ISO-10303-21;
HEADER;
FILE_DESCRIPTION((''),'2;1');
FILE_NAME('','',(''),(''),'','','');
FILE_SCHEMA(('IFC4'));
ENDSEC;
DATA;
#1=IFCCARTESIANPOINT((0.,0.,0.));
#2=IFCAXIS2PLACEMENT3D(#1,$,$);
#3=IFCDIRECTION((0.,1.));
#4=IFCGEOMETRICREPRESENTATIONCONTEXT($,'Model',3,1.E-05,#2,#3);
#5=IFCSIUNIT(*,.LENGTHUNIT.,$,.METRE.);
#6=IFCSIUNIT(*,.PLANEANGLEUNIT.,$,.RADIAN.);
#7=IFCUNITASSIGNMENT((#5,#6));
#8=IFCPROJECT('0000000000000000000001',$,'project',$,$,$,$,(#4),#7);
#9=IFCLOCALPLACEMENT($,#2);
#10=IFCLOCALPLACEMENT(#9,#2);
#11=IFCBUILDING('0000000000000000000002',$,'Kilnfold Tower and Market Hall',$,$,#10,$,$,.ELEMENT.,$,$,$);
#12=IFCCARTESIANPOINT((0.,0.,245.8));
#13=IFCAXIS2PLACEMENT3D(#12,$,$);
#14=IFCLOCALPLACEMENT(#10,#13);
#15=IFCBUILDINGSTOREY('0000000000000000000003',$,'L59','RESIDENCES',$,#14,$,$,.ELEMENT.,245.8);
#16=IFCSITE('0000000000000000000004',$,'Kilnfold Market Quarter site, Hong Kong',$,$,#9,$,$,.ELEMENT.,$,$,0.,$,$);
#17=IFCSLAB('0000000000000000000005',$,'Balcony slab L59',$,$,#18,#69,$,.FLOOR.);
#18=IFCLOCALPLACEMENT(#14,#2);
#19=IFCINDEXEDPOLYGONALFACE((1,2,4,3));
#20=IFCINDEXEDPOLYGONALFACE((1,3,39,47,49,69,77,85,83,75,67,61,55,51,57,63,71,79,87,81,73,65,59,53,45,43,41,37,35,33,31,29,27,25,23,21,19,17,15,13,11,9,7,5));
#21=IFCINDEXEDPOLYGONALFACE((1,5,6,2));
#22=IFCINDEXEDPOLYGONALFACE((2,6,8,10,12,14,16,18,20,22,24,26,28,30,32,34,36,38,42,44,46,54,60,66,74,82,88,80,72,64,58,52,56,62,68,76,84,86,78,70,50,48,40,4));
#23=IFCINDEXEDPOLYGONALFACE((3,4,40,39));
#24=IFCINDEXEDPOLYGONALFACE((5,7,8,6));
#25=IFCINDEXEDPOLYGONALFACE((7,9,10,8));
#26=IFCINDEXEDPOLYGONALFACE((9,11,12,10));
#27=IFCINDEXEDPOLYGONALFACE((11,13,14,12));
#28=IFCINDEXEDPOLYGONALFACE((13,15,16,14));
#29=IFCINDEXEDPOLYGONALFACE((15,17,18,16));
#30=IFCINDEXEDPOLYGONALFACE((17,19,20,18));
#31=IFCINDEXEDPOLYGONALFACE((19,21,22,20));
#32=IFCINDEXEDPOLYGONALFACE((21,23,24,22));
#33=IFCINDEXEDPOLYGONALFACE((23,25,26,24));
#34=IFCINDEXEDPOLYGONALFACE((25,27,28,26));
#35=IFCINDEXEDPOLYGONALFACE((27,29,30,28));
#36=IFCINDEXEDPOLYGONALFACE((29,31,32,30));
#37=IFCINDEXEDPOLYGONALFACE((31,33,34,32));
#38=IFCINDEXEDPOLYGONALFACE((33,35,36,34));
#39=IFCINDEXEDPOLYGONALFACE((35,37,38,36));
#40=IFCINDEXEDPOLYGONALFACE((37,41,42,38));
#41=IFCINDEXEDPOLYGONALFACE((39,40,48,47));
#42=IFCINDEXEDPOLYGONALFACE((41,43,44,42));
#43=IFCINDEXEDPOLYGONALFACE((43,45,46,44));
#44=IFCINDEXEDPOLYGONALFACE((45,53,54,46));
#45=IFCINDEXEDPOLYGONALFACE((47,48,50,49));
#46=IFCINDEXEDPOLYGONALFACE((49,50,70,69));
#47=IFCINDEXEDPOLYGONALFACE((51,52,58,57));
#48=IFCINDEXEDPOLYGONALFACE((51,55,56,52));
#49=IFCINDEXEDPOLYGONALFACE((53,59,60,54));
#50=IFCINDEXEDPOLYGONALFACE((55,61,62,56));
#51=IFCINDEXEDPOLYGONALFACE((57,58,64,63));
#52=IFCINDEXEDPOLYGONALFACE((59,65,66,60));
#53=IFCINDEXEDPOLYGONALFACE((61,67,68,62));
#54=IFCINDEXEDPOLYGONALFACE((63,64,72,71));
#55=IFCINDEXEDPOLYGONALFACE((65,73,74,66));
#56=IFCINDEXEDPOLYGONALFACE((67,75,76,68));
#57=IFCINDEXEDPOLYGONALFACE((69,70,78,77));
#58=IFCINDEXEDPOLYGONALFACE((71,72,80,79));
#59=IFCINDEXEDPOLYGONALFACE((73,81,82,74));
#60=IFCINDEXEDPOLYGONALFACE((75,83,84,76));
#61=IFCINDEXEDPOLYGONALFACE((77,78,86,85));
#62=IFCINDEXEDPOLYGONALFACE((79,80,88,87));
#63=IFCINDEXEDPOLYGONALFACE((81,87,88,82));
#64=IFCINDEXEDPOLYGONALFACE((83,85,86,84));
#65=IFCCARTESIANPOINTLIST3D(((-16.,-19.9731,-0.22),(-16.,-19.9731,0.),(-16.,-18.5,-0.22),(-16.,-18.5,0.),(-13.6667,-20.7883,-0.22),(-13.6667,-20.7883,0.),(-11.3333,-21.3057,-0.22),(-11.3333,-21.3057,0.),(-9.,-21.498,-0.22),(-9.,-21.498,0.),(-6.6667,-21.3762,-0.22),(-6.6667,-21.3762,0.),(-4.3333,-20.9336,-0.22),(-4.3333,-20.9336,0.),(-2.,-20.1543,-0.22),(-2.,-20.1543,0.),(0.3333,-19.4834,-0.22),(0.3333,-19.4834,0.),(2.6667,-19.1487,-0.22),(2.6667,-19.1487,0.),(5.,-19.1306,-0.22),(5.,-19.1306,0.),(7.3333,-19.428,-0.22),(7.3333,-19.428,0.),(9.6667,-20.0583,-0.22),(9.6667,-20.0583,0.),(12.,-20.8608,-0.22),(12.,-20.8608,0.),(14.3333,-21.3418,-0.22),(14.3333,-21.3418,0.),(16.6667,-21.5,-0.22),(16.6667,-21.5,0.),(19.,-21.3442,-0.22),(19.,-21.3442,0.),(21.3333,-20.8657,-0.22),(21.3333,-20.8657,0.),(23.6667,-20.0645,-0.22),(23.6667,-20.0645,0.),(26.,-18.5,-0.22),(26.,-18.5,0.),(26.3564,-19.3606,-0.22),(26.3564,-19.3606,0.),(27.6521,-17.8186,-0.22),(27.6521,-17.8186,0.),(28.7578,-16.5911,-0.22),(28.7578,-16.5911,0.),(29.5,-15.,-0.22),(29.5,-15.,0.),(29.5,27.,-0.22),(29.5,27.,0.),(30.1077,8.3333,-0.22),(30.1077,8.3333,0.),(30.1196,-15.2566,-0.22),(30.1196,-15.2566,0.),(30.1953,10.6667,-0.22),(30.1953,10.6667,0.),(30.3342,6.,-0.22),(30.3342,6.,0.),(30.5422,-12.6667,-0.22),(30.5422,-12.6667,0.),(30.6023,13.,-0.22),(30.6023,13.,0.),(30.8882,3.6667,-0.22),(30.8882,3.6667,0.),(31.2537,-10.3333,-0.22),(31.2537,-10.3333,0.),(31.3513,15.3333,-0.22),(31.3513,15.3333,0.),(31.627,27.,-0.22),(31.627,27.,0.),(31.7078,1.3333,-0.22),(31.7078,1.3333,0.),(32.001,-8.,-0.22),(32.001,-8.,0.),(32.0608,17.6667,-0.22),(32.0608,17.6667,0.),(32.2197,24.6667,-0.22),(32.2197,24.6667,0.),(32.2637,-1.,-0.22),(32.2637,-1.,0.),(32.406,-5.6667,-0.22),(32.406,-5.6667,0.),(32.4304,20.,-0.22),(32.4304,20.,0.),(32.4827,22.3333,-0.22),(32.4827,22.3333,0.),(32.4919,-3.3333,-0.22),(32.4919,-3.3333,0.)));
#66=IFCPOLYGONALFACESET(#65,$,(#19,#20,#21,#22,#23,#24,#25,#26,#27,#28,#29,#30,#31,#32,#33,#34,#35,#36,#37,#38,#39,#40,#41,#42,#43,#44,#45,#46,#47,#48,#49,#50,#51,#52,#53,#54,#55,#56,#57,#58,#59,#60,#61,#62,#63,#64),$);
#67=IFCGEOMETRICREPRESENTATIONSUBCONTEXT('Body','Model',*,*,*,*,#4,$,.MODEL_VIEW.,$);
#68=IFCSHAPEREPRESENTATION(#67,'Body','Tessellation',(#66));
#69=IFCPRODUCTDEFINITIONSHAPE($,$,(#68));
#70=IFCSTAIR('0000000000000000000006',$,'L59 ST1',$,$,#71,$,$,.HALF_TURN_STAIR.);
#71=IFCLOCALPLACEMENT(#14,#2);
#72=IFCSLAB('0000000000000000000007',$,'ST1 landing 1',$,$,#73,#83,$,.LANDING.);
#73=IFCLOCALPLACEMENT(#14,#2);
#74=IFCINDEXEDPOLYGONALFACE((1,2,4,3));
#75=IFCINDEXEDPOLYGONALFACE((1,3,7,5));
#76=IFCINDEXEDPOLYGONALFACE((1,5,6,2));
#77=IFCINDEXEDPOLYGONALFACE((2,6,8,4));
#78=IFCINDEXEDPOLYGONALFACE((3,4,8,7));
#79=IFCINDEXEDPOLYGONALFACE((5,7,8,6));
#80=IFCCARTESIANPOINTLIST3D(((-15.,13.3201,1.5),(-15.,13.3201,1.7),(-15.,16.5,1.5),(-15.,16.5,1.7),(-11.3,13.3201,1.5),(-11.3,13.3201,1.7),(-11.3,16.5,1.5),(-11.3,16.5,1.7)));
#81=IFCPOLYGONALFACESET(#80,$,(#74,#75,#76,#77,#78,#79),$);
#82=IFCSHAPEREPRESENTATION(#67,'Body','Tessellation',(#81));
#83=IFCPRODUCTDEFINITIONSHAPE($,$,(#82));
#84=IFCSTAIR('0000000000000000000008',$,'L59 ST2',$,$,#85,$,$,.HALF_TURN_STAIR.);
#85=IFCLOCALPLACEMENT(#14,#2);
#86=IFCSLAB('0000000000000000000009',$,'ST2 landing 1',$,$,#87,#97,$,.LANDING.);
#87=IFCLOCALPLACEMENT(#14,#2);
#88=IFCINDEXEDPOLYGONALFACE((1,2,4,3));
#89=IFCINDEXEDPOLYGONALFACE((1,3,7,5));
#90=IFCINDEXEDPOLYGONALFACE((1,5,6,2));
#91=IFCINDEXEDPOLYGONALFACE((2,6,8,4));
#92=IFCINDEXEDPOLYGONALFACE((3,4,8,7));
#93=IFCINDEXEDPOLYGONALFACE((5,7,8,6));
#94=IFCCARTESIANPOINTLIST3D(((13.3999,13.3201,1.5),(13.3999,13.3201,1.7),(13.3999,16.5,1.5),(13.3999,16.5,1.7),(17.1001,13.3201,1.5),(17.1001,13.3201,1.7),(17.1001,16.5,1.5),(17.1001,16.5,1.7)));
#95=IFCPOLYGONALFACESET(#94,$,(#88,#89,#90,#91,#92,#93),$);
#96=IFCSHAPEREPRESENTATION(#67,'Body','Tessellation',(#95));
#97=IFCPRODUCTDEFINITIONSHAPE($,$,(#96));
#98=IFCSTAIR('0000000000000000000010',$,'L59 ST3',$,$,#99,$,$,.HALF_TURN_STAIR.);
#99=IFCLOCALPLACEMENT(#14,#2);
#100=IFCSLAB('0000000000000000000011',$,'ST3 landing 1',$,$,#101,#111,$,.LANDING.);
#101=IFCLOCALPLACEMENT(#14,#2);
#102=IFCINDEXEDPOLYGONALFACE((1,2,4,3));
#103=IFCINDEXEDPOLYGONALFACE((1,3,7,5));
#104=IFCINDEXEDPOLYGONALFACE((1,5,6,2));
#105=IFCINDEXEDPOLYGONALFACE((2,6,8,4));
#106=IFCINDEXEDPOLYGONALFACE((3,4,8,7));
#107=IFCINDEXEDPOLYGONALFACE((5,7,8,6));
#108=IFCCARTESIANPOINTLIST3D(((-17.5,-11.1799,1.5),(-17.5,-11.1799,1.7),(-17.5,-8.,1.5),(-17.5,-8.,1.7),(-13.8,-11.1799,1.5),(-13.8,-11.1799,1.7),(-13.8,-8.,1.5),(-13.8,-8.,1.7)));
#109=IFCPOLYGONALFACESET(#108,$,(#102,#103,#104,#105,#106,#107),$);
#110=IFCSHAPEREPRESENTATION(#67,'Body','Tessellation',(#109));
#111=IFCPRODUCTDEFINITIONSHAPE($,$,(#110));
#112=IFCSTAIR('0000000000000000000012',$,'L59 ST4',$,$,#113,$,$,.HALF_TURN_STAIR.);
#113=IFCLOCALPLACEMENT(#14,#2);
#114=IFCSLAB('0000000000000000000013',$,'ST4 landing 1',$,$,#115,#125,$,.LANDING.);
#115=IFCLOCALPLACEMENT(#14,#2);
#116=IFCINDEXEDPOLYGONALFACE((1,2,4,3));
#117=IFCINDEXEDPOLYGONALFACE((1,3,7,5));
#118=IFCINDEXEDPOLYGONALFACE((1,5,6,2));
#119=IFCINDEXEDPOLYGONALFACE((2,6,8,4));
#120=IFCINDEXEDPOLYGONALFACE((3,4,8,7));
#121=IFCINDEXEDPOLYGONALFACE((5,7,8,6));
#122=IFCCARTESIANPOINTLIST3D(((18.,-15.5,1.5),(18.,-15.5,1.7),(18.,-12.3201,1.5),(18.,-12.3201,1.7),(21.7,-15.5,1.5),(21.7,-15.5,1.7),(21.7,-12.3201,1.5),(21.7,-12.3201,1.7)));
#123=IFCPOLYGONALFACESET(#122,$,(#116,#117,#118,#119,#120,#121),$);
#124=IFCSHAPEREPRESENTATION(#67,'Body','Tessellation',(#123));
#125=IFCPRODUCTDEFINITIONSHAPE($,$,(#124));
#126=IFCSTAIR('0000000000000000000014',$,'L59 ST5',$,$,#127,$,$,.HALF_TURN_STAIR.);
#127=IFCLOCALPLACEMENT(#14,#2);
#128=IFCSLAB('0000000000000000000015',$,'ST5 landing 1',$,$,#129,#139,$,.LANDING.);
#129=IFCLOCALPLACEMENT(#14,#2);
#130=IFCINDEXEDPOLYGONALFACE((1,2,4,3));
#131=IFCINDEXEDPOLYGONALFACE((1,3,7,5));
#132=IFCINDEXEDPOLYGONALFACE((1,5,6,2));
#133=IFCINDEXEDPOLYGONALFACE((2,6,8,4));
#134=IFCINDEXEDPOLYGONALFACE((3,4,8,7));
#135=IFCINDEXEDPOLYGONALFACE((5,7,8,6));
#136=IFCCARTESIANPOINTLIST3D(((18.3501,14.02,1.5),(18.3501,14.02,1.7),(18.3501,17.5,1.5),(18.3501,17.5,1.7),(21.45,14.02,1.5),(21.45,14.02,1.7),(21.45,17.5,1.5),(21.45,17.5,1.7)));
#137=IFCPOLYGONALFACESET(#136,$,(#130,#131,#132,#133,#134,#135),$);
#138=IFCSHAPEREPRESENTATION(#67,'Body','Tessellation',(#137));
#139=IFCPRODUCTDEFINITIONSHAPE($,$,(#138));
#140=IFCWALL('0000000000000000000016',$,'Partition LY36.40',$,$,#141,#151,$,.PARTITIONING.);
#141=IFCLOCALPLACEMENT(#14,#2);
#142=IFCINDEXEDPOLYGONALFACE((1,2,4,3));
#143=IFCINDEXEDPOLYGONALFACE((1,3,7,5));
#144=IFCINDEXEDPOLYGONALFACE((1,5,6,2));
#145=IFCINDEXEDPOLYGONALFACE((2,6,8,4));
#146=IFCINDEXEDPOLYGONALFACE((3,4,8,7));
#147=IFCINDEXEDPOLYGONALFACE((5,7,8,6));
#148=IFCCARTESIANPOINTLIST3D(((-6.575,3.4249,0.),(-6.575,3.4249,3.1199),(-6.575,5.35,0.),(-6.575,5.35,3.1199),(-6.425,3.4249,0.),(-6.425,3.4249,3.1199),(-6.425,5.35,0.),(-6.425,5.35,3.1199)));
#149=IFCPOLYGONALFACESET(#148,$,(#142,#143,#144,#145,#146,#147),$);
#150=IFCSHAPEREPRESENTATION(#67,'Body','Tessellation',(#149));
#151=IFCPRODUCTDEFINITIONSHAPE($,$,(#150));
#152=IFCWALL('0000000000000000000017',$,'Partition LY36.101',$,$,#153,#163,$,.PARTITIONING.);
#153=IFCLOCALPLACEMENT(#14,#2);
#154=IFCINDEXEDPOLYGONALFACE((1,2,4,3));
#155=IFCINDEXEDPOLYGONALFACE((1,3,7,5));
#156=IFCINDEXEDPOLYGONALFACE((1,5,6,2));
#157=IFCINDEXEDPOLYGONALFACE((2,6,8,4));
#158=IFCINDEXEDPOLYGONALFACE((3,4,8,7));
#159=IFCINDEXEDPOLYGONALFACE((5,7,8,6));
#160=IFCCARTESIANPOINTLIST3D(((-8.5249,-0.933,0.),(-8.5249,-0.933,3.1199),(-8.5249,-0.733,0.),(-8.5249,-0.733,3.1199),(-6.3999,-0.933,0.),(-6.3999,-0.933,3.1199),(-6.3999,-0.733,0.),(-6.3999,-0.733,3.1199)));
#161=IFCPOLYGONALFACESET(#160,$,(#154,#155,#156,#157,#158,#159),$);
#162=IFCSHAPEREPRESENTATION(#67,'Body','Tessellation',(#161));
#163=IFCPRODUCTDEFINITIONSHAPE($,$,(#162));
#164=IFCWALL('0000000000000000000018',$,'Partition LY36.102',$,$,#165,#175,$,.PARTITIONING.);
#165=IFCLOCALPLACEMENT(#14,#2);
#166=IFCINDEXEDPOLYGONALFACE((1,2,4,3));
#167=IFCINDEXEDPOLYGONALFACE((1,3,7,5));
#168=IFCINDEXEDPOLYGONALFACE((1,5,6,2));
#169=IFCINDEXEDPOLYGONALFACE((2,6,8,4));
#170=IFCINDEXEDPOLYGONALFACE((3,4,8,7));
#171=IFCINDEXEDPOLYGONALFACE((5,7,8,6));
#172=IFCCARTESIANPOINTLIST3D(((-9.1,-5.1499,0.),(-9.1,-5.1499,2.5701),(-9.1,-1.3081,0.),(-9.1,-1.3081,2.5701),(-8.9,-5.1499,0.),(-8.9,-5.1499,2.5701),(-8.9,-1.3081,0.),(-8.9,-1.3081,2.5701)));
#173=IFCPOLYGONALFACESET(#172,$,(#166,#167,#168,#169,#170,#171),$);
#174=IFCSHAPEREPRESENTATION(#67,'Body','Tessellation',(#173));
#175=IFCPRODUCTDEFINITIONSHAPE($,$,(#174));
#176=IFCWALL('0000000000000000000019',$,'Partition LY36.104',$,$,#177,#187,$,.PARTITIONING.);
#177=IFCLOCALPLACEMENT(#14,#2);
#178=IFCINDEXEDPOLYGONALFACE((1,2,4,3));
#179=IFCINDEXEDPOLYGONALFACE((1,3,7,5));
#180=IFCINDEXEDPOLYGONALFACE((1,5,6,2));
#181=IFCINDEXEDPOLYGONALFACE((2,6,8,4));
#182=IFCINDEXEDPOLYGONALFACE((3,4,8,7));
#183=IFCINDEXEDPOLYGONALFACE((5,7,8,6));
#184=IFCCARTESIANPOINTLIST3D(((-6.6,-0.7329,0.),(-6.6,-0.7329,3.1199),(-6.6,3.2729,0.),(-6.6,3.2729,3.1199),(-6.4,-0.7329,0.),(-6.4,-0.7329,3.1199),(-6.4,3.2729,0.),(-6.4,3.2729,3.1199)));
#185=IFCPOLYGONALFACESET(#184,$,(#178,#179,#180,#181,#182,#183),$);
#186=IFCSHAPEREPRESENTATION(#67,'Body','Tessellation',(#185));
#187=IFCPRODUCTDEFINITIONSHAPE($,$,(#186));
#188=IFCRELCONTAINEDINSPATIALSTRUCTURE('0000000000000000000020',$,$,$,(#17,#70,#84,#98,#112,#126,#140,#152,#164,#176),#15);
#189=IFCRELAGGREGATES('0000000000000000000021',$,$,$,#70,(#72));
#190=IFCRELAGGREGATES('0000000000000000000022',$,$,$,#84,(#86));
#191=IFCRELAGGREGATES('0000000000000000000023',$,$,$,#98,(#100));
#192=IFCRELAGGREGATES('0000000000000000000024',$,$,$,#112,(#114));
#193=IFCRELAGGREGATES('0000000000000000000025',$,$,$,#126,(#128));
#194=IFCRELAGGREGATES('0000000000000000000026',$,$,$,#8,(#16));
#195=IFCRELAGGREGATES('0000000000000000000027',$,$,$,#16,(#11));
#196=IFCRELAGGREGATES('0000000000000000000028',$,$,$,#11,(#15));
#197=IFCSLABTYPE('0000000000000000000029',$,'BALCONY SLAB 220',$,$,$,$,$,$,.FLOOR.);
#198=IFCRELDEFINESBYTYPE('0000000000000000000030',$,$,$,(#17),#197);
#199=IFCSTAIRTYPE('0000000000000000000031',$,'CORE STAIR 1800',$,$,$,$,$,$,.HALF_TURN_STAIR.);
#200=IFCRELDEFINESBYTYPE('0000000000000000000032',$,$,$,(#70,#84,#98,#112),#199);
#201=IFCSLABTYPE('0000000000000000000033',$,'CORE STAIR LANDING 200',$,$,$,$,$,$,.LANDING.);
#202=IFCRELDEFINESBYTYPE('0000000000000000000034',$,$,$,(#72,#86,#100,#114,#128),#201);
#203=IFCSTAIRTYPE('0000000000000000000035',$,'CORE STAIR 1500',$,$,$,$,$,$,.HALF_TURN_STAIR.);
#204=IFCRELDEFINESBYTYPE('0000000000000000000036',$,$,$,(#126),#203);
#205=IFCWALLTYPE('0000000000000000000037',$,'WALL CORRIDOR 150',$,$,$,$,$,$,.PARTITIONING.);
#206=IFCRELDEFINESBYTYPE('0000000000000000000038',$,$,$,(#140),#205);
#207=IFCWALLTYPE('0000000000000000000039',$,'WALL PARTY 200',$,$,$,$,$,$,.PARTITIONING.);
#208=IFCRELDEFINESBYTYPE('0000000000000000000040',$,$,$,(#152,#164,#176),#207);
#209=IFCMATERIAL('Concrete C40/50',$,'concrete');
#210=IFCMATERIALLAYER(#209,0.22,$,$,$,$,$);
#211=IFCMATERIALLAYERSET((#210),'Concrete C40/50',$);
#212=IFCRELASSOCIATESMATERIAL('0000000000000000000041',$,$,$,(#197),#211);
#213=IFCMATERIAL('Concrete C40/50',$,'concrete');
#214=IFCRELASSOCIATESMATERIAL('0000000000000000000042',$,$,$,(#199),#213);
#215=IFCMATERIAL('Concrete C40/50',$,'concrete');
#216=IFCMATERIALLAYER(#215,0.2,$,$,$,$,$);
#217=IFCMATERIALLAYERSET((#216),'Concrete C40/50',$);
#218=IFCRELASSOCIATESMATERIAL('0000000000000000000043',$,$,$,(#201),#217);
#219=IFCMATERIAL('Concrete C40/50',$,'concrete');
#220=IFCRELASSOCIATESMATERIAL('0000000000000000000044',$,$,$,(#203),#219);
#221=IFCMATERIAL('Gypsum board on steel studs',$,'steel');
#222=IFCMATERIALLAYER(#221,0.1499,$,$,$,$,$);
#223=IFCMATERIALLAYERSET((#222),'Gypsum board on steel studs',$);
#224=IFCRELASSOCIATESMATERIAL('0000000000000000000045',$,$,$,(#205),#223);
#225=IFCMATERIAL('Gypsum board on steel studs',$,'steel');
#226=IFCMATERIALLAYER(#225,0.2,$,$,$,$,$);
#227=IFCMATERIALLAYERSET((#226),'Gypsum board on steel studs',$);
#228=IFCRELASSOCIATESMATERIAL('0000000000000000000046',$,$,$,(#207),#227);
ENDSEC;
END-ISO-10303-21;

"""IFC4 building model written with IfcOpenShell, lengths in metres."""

from ifc_helpers import new_model, si_unit, direction, frame, frame_2d, origin, place, context, subcontext, project, spatial, polyline, rectangle, outline, extrude, source, transform, mapped, material, layer, layer_set, type_object, element, aggregate, save


model = new_model("IFC4")

# Units and contexts
model_context = context("Model", 3, precision=1e-05, world=origin(), true_north=direction((0.0, 1.0)))
body_context = subcontext(model_context, "Body", "Model", "MODEL_VIEW")
ifc_project = project(units=[si_unit("LENGTHUNIT", "METRE"), si_unit("PLANEANGLEUNIT", "RADIAN")], contexts=[model_context])

# Site, building, storey
site_placement = place(None, origin())
site = spatial("IfcSite", under=ifc_project, at=site_placement, Name="Kilnfold Market Quarter site, Hong Kong", CompositionType="ELEMENT", RefElevation=0.0)
building_placement = place(site_placement, origin())
building = spatial("IfcBuilding", under=site, at=building_placement, Name="Kilnfold Tower and Market Hall", CompositionType="ELEMENT")
storey_placement = place(building_placement, frame((0.0, 0.0, 245.8)))
storey = spatial("IfcBuildingStorey", under=building, at=storey_placement, Name="L59", Description="RESIDENCES", CompositionType="ELEMENT", Elevation=245.8)

# Slab
ifc_material_1 = material(Name="Concrete C40/50", Category="concrete")
ifc_layer_1 = layer(ifc_material_1, 0.22)
ifc_layer_set_1 = layer_set([ifc_layer_1], Name="Concrete C40/50")
slab_type_1 = type_object("IfcSlabType", Name="BALCONY SLAB 220", PredefinedType="FLOOR", material=ifc_layer_set_1)
shared_shape_1 = source(origin(), body_context, "Body", "SweptSolid", [
    extrude(outline(polyline([(-16.0, -18.5), (26.0, -18.5), (29.5, -15.0), (29.5, 27.0), (31.627, 27.0), (32.2197, 24.6667), (32.4827, 22.3333), (32.4304, 20.0), (32.0608, 17.6667), (31.3513, 15.3333), (30.6023, 13.0), (30.1953, 10.6667), (30.1077, 8.3333), (30.3342, 6.0), (30.8882, 3.6667), (31.7078, 1.3333), (32.2637, -1.0), (32.4919, -3.3333), (32.406, -5.6667), (32.001, -8.0), (31.2537, -10.3333), (30.5422, -12.6667), (30.1196, -15.2566), (28.7578, -16.5911), (27.6521, -17.8186), (26.3564, -19.3606), (23.6667, -20.0645), (21.3333, -20.8657), (19.0, -21.3442), (16.6667, -21.5), (14.3333, -21.3418), (12.0, -20.8608), (9.6667, -20.0583), (7.3333, -19.428), (5.0, -19.1306), (2.6667, -19.1487), (0.3333, -19.4834), (-2.0, -20.1543), (-4.3333, -20.9336), (-6.6667, -21.3762), (-9.0, -21.498), (-11.3333, -21.3057), (-13.6667, -20.7883), (-16.0, -19.9731), (-16.0, -18.5)])), origin(), (0.0, 0.0, 1.0), 0.22),
])
slab_1_placement = place(storey_placement, frame((0.0, 0.0, -0.22)))
element("IfcSlab", 1, at=slab_1_placement, inside=storey, type_object=slab_type_1, Name="Balcony slab L59", PredefinedType="FLOOR", context=body_context, shape_type="MappedRepresentation", body=[
    mapped(shared_shape_1, transform((0.0, 0.0, 0.0))),
])

# Stairs, slabs
ifc_material_2 = material(Name="Concrete C40/50", Category="concrete")
stair_type_1 = type_object("IfcStairType", Name="CORE STAIR 1800", PredefinedType="HALF_TURN_STAIR", material=ifc_material_2)
stair_1_placement = place(storey_placement, origin())
stair_1 = element("IfcStair", 2, at=stair_1_placement, inside=storey, type_object=stair_type_1, Name="L59 ST1", PredefinedType="HALF_TURN_STAIR")
ifc_material_3 = material(Name="Concrete C40/50", Category="concrete")
ifc_layer_2 = layer(ifc_material_3, 0.2)
ifc_layer_set_2 = layer_set([ifc_layer_2], Name="Concrete C40/50")
slab_type_2 = type_object("IfcSlabType", Name="CORE STAIR LANDING 200", PredefinedType="LANDING", material=ifc_layer_set_2)
shared_shape_2 = source(origin(), body_context, "Body", "SweptSolid", [
    extrude(outline(polyline([(-11.3, 13.3201), (-11.3, 16.5), (-15.0, 16.5), (-15.0, 13.3201), (-11.3, 13.3201)])), origin(), (0.0, 0.0, 1.0), 0.2),
])
slab_2_placement = place(storey_placement, frame((0.0, 0.0, 1.5)))
slab_2 = element("IfcSlab", 3, at=slab_2_placement, type_object=slab_type_2, Name="ST1 landing 1", PredefinedType="LANDING", context=body_context, shape_type="MappedRepresentation", body=[
    mapped(shared_shape_2, transform((0.0, 0.0, 0.0))),
])
aggregate(stair_1, [slab_2])
stair_2_placement = place(storey_placement, origin())
stair_2 = element("IfcStair", 4, at=stair_2_placement, inside=storey, type_object=stair_type_1, Name="L59 ST2", PredefinedType="HALF_TURN_STAIR")
shared_shape_3 = source(origin(), body_context, "Body", "SweptSolid", [
    extrude(outline(polyline([(17.1001, 13.3201), (17.1001, 16.5), (13.3999, 16.5), (13.3999, 13.3201), (17.1001, 13.3201)])), origin(), (0.0, 0.0, 1.0), 0.2),
])
slab_3_placement = place(storey_placement, frame((0.0, 0.0, 1.5)))
slab_3 = element("IfcSlab", 5, at=slab_3_placement, type_object=slab_type_2, Name="ST2 landing 1", PredefinedType="LANDING", context=body_context, shape_type="MappedRepresentation", body=[
    mapped(shared_shape_3, transform((0.0, 0.0, 0.0))),
])
aggregate(stair_2, [slab_3])
stair_3_placement = place(storey_placement, origin())
stair_3 = element("IfcStair", 6, at=stair_3_placement, inside=storey, type_object=stair_type_1, Name="L59 ST3", PredefinedType="HALF_TURN_STAIR")
shared_shape_4 = source(origin(), body_context, "Body", "SweptSolid", [
    extrude(outline(polyline([(-13.8, -11.1799), (-13.8, -8.0), (-17.5, -8.0), (-17.5, -11.1799), (-13.8, -11.1799)])), origin(), (0.0, 0.0, 1.0), 0.2),
])
slab_4_placement = place(storey_placement, frame((0.0, 0.0, 1.5)))
slab_4 = element("IfcSlab", 7, at=slab_4_placement, type_object=slab_type_2, Name="ST3 landing 1", PredefinedType="LANDING", context=body_context, shape_type="MappedRepresentation", body=[
    mapped(shared_shape_4, transform((0.0, 0.0, 0.0))),
])
aggregate(stair_3, [slab_4])
stair_4_placement = place(storey_placement, origin())
stair_4 = element("IfcStair", 8, at=stair_4_placement, inside=storey, type_object=stair_type_1, Name="L59 ST4", PredefinedType="HALF_TURN_STAIR")
shared_shape_5 = source(origin(), body_context, "Body", "SweptSolid", [
    extrude(outline(polyline([(18.0, -12.3201), (18.0, -15.5), (21.7, -15.5), (21.7, -12.3201), (18.0, -12.3201)])), origin(), (0.0, 0.0, 1.0), 0.2),
])
slab_5_placement = place(storey_placement, frame((0.0, 0.0, 1.5)))
slab_5 = element("IfcSlab", 9, at=slab_5_placement, type_object=slab_type_2, Name="ST4 landing 1", PredefinedType="LANDING", context=body_context, shape_type="MappedRepresentation", body=[
    mapped(shared_shape_5, transform((0.0, 0.0, 0.0))),
])
aggregate(stair_4, [slab_5])
ifc_material_4 = material(Name="Concrete C40/50", Category="concrete")
stair_type_2 = type_object("IfcStairType", Name="CORE STAIR 1500", PredefinedType="HALF_TURN_STAIR", material=ifc_material_4)
stair_5_placement = place(storey_placement, origin())
stair_5 = element("IfcStair", 10, at=stair_5_placement, inside=storey, type_object=stair_type_2, Name="L59 ST5", PredefinedType="HALF_TURN_STAIR")
shared_shape_6 = source(origin(), body_context, "Body", "SweptSolid", [
    extrude(outline(polyline([(21.45, 14.02), (21.45, 17.5), (18.3501, 17.5), (18.3501, 14.02), (21.45, 14.02)])), origin(), (0.0, 0.0, 1.0), 0.2),
])
slab_6_placement = place(storey_placement, frame((0.0, 0.0, 1.5)))
slab_6 = element("IfcSlab", 11, at=slab_6_placement, type_object=slab_type_2, Name="ST5 landing 1", PredefinedType="LANDING", context=body_context, shape_type="MappedRepresentation", body=[
    mapped(shared_shape_6, transform((0.0, 0.0, 0.0))),
])
aggregate(stair_5, [slab_6])

# Walls
ifc_material_5 = material(Name="Gypsum board on steel studs", Category="steel")
ifc_layer_3 = layer(ifc_material_5, 0.1499)
ifc_layer_set_3 = layer_set([ifc_layer_3], Name="Gypsum board on steel studs")
wall_type_1 = type_object("IfcWallType", Name="WALL CORRIDOR 150", PredefinedType="PARTITIONING", material=ifc_layer_set_3)
wall_1_placement = place(storey_placement, frame((-6.5, 3.425, 0.0), z_axis=(0.0, 0.0, 1.0), x_axis=(0.0, 1.0, 0.0)))
element("IfcWall", 12, at=wall_1_placement, inside=storey, type_object=wall_type_1, Name="Partition LY36.40", PredefinedType="PARTITIONING", context=body_context, shape_type="SweptSolid", body=[
    extrude(rectangle(XDim=1.925, YDim=0.1499, at=frame_2d((0.9624, 0.0))), origin(), (0.0, 0.0, 1.0), 3.1199),
])
ifc_material_6 = material(Name="Gypsum board on steel studs", Category="steel")
ifc_layer_4 = layer(ifc_material_6, 0.2)
ifc_layer_set_4 = layer_set([ifc_layer_4], Name="Gypsum board on steel studs")
wall_type_2 = type_object("IfcWallType", Name="WALL PARTY 200", PredefinedType="PARTITIONING", material=ifc_layer_set_4)
wall_2_placement = place(storey_placement, frame((-8.5249, -0.833, 0.0), z_axis=(0.0, 0.0, 1.0), x_axis=(1.0, 0.0, 0.0)))
element("IfcWall", 13, at=wall_2_placement, inside=storey, type_object=wall_type_2, Name="Partition LY36.101", PredefinedType="PARTITIONING", context=body_context, shape_type="SweptSolid", body=[
    extrude(rectangle(XDim=2.125, YDim=0.2, at=frame_2d((1.0625, 0.0))), origin(), (0.0, 0.0, 1.0), 3.1199),
])
wall_3_placement = place(storey_placement, frame((-9.0, -5.1499, 0.0), z_axis=(0.0, 0.0, 1.0), x_axis=(0.0, 1.0, 0.0)))
element("IfcWall", 14, at=wall_3_placement, inside=storey, type_object=wall_type_2, Name="Partition LY36.102", PredefinedType="PARTITIONING", context=body_context, shape_type="SweptSolid", body=[
    extrude(rectangle(XDim=3.8418, YDim=0.2, at=frame_2d((1.9209, 0.0))), origin(), (0.0, 0.0, 1.0), 2.5701),
])
wall_4_placement = place(storey_placement, frame((-6.5, -0.7329, 0.0), z_axis=(0.0, 0.0, 1.0), x_axis=(0.0, 1.0, 0.0)))
element("IfcWall", 15, at=wall_4_placement, inside=storey, type_object=wall_type_2, Name="Partition LY36.104", PredefinedType="PARTITIONING", context=body_context, shape_type="SweptSolid", body=[
    extrude(rectangle(XDim=4.0059, YDim=0.2, at=frame_2d((2.0029, 0.0))), origin(), (0.0, 0.0, 1.0), 3.1199),
])

save(model, "model.ifc")
